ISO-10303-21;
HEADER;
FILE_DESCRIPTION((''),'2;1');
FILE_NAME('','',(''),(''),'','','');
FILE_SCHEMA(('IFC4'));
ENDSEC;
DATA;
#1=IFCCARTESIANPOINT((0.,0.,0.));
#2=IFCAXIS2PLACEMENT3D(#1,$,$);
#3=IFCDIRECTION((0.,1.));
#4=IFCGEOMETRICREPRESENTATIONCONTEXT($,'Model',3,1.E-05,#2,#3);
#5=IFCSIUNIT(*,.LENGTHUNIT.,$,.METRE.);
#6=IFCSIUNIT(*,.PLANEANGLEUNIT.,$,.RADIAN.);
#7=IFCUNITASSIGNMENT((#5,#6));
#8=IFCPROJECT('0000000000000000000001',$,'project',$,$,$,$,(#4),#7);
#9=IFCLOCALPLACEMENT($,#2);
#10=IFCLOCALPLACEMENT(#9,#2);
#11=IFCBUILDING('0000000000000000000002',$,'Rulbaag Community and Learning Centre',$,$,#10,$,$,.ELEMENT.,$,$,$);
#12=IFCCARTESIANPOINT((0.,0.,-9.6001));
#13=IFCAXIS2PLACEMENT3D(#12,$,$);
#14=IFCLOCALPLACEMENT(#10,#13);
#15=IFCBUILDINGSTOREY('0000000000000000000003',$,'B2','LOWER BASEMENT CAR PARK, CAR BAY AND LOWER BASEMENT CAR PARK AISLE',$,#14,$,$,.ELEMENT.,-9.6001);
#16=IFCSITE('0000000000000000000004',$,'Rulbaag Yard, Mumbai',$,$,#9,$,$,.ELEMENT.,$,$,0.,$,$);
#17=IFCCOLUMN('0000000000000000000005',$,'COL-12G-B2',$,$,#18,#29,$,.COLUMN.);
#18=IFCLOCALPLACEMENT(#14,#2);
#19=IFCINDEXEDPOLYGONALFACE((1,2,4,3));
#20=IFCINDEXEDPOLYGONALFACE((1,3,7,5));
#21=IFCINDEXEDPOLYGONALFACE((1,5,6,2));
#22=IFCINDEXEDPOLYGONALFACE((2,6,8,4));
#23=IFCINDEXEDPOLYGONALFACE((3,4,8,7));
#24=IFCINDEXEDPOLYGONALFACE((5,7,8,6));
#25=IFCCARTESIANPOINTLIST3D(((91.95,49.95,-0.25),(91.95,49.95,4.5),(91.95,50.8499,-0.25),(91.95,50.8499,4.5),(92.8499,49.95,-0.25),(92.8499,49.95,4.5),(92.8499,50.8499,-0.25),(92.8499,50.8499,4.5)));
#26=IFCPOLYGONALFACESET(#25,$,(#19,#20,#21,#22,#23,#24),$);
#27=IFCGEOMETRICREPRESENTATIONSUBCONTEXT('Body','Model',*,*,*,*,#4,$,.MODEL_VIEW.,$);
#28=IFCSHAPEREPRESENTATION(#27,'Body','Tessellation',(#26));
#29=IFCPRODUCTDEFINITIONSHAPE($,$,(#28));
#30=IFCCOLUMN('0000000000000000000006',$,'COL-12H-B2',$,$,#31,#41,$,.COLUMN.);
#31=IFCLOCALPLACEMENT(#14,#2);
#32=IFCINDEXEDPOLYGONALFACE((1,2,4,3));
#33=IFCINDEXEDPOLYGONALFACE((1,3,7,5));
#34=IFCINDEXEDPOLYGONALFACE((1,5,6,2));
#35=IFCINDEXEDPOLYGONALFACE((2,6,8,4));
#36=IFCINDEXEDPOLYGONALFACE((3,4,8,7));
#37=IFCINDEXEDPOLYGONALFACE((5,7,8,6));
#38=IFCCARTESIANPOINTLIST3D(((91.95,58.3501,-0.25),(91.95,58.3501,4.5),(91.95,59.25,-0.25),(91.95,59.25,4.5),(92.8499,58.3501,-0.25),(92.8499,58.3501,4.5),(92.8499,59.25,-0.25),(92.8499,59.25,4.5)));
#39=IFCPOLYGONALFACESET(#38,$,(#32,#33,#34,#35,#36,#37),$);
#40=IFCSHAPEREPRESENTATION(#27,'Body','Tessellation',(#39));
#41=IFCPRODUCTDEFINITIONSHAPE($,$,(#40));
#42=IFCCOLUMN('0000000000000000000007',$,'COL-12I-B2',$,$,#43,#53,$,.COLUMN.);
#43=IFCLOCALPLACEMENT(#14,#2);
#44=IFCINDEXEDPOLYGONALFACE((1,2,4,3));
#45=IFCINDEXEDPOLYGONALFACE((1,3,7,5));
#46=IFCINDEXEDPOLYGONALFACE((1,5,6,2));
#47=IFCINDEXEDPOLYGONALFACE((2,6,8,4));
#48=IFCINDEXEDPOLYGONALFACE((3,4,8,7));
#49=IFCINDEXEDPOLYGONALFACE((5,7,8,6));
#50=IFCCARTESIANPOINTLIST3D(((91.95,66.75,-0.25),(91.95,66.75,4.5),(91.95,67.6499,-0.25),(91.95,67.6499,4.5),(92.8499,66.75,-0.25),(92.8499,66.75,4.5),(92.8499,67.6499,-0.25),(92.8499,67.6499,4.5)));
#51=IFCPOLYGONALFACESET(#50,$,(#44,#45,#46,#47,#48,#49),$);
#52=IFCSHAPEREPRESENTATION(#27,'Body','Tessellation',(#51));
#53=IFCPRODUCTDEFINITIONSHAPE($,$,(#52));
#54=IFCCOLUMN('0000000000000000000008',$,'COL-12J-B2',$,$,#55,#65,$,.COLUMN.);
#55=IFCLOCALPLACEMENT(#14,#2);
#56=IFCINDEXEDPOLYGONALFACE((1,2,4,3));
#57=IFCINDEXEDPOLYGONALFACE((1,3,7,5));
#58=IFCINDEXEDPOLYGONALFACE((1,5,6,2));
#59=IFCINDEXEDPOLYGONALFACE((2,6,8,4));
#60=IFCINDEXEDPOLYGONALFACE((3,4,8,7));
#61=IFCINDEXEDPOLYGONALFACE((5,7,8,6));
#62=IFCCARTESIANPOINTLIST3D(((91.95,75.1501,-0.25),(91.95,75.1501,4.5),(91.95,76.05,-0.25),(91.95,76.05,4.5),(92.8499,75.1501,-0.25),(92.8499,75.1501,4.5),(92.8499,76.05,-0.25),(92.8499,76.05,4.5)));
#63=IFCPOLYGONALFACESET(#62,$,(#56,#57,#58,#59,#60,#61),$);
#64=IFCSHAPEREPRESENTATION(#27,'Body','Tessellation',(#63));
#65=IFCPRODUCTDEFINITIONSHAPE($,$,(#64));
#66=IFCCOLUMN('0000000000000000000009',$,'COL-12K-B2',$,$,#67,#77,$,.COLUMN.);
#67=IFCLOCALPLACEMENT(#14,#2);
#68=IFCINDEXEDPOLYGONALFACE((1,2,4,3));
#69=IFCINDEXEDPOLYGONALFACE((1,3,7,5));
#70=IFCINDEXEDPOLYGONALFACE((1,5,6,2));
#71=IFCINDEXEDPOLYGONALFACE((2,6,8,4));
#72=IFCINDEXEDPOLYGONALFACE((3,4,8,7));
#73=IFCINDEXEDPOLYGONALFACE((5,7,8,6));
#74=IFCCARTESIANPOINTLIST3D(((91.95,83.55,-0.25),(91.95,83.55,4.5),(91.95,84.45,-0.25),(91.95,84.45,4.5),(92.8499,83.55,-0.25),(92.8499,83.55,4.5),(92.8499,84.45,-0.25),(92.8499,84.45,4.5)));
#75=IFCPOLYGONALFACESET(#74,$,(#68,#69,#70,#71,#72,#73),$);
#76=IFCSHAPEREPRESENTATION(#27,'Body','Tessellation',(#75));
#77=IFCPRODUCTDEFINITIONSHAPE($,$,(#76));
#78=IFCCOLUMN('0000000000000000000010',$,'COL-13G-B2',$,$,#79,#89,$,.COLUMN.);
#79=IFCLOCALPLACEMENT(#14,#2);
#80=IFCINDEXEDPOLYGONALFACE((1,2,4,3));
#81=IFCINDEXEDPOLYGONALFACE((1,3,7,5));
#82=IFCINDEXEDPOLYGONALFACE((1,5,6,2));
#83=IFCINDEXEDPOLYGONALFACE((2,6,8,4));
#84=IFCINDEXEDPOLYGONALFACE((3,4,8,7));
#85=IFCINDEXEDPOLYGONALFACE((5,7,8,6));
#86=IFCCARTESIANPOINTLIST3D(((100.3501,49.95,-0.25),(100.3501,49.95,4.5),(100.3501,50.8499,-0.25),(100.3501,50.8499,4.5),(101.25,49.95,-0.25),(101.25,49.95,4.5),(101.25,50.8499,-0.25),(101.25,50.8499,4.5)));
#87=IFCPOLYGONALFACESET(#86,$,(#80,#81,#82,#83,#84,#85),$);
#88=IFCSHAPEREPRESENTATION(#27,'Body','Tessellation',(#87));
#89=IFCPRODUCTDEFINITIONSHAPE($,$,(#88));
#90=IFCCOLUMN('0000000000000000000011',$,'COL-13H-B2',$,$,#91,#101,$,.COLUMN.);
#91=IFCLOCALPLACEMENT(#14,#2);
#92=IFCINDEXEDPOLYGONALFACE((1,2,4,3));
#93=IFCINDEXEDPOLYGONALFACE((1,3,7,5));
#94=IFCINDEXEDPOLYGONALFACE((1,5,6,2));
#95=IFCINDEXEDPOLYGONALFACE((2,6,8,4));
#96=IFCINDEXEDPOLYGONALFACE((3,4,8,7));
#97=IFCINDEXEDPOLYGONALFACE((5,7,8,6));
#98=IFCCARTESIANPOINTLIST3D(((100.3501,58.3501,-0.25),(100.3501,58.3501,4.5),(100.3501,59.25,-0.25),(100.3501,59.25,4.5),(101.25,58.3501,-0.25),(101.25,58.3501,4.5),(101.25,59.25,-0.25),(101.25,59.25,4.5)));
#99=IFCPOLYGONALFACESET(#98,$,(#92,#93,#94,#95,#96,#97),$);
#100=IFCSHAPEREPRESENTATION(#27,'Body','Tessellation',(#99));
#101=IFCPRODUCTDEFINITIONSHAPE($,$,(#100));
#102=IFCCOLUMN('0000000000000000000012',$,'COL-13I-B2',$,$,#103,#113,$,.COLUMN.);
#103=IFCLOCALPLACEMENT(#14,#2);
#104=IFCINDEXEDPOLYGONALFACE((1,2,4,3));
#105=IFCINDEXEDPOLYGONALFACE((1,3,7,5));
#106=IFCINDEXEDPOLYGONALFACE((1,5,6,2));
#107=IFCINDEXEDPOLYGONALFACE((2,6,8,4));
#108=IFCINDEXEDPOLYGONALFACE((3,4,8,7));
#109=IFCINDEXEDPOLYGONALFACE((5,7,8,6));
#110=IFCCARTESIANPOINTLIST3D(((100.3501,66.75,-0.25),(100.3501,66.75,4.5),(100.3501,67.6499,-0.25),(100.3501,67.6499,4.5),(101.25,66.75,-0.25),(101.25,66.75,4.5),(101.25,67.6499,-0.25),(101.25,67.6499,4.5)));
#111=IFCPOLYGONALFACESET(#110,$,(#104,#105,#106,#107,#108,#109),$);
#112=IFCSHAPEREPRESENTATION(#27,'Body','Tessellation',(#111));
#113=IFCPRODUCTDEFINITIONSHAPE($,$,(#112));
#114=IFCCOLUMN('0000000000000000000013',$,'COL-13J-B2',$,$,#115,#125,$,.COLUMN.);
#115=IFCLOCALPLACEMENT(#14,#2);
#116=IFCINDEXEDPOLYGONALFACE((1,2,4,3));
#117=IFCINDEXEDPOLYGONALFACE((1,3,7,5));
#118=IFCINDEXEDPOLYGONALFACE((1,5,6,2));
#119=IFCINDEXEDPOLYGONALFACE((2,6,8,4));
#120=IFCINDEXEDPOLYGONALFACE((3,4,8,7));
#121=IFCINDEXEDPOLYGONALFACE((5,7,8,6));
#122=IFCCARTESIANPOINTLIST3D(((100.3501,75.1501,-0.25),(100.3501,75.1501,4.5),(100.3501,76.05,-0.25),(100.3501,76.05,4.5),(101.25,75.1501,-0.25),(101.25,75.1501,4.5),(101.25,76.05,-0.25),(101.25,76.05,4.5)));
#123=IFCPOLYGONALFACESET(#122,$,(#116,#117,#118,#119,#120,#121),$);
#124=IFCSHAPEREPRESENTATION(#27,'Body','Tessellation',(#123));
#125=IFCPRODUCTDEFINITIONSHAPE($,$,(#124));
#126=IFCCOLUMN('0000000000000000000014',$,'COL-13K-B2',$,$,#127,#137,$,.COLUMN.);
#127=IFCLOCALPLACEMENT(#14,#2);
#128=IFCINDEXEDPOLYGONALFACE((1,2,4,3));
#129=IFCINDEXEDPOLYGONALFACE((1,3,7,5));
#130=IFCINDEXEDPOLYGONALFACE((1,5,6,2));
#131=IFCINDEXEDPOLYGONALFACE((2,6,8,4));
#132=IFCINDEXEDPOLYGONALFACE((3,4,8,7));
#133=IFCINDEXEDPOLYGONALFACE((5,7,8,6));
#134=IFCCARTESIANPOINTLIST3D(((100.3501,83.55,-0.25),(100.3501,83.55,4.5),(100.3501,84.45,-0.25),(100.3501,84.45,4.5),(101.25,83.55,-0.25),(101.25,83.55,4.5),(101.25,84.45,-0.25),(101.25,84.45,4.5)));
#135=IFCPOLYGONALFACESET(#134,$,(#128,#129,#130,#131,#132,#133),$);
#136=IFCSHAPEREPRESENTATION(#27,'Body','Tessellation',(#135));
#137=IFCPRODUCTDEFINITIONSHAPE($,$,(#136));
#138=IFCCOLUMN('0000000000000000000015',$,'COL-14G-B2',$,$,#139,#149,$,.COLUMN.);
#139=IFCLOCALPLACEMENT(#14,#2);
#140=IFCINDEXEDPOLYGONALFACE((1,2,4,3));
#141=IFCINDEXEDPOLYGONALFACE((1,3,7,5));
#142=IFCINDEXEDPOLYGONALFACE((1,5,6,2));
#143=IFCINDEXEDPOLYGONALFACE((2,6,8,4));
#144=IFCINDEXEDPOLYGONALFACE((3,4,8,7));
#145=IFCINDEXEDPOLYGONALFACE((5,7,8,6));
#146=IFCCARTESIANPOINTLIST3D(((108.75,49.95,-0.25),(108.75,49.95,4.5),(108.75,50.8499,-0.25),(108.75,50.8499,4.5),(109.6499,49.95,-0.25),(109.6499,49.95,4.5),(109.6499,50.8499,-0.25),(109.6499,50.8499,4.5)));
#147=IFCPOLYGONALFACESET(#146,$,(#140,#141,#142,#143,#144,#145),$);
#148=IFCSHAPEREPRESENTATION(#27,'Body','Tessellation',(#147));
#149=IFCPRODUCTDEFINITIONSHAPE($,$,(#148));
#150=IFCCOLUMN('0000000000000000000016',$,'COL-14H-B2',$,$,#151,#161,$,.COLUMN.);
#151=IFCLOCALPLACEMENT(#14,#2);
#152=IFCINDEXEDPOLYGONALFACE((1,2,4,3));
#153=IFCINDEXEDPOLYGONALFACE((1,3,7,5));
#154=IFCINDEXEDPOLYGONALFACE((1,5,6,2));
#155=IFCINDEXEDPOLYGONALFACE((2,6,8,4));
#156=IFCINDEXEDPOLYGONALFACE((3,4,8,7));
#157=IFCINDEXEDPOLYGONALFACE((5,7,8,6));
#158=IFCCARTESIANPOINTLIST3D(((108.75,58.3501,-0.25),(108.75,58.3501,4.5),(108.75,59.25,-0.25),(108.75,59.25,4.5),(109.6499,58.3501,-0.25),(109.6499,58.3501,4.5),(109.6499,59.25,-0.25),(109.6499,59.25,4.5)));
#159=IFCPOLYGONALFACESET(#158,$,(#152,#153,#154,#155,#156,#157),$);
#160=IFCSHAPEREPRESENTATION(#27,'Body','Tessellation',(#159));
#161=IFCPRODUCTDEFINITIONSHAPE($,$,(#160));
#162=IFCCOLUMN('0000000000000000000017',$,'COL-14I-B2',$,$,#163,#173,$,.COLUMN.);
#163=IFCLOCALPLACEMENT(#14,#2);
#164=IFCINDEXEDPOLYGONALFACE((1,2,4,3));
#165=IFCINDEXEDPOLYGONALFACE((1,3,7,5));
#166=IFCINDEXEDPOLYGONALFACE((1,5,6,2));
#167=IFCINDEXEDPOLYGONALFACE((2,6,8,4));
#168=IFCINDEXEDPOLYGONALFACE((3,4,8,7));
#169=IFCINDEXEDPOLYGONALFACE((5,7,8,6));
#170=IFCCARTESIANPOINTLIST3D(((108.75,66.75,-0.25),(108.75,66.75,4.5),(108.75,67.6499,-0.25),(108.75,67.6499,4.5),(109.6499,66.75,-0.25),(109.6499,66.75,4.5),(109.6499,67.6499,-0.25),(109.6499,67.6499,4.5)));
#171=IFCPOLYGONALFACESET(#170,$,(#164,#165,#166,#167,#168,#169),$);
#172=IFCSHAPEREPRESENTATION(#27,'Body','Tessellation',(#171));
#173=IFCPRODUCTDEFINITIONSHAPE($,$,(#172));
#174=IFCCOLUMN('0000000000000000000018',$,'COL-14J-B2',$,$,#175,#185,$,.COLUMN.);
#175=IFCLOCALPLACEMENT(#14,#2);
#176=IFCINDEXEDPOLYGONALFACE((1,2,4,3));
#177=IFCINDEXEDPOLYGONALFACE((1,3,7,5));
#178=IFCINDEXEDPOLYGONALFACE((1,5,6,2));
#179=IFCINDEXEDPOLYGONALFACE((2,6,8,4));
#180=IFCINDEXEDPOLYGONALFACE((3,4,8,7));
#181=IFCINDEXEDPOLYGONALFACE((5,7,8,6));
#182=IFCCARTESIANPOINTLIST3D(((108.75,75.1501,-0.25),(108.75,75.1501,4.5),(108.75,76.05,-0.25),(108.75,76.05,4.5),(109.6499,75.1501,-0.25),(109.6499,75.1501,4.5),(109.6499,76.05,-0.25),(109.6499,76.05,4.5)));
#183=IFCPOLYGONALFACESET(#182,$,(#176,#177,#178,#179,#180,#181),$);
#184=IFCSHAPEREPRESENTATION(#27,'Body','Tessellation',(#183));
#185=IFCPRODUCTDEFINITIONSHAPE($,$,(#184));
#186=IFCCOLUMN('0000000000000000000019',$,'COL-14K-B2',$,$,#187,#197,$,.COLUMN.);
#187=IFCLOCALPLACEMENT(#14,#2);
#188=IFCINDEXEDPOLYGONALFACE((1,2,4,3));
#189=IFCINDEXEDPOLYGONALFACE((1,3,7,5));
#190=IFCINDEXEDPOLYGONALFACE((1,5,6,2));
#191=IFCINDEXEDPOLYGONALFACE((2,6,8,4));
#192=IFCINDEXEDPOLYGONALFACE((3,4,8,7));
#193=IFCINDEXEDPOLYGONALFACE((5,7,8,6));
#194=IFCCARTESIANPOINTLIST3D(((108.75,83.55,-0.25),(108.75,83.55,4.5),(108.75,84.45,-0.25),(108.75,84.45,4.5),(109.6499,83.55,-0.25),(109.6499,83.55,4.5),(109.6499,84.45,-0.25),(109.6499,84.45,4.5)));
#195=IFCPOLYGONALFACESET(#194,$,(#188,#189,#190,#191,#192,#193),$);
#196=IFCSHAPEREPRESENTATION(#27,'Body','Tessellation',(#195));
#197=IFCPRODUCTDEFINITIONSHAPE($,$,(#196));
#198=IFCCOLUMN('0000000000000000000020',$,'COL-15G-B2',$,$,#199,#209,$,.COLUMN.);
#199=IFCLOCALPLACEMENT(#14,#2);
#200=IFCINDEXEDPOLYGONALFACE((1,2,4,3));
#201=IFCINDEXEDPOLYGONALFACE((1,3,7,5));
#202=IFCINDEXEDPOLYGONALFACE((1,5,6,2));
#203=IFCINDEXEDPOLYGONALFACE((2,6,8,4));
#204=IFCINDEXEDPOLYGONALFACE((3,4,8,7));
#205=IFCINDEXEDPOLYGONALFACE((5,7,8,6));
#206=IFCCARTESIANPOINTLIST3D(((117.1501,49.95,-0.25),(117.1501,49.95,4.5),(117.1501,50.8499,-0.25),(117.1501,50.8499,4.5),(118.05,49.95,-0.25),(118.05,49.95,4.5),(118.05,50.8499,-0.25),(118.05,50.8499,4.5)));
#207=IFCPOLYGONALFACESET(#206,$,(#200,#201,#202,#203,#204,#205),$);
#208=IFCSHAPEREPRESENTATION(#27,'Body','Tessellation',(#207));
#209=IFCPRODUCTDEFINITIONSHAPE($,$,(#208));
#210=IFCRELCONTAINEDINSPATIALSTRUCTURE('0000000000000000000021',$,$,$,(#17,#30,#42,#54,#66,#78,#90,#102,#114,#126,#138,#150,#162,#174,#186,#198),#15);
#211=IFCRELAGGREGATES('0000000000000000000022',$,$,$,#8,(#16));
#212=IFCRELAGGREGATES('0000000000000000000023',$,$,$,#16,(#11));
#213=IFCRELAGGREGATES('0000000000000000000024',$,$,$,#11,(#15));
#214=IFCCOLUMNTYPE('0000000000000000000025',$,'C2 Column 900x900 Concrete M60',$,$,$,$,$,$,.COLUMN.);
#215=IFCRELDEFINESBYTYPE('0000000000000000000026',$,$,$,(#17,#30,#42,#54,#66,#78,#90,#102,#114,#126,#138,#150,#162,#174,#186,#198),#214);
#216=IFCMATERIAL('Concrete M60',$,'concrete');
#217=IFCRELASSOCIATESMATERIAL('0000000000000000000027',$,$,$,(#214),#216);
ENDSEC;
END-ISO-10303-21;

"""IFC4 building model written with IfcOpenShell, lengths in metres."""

from ifc_helpers import new_model, si_unit, direction, frame, origin, origin_2d, place, context, subcontext, project, spatial, rectangle, extrude, material, material_profile, profile_set, type_object, element, save


model = new_model("IFC4")

# Units and contexts
model_context = context("Model", 3, precision=1e-05, world=origin(), true_north=direction((0.0, 1.0)))
body_context = subcontext(model_context, "Body", "Model", "MODEL_VIEW")
ifc_project = project(units=[si_unit("LENGTHUNIT", "METRE"), si_unit("PLANEANGLEUNIT", "RADIAN")], contexts=[model_context])

# Site, building, storey
site_placement = place(None, origin())
site = spatial("IfcSite", under=ifc_project, at=site_placement, Name="Rulbaag Yard, Mumbai", CompositionType="ELEMENT", RefElevation=0.0)
building_placement = place(site_placement, origin())
building = spatial("IfcBuilding", under=site, at=building_placement, Name="Rulbaag Community and Learning Centre", CompositionType="ELEMENT")
storey_placement = place(building_placement, frame((0.0, 0.0, -9.6001)))
storey = spatial("IfcBuildingStorey", under=building, at=storey_placement, Name="B2", Description="LOWER BASEMENT CAR PARK, CAR BAY AND LOWER BASEMENT CAR PARK AISLE", CompositionType="ELEMENT", Elevation=-9.6001)

# Columns
ifc_material_1 = material(Name="Concrete M60", Category="concrete")
ifc_material_profile_1 = material_profile(ifc_material_1, rectangle(XDim=0.8999, YDim=0.8999, at=origin_2d()), Name="RC900x900")
ifc_profile_set_1 = profile_set([ifc_material_profile_1], Name="Concrete M60")
column_type = type_object("IfcColumnType", Name="C2 Column 900x900 Concrete M60", PredefinedType="COLUMN", material=ifc_profile_set_1)
for number, where, z_axis, x_axis, name in (
    (1, (92.3999, 50.3999, -0.25), (0.0, 0.0, 1.0), (1.0, 0.0, 0.0), "COL-12G-B2"),
    (2, (92.3999, 58.8, -0.25), (0.0, 0.0, 1.0), (1.0, 0.0, 0.0), "COL-12H-B2"),
    (3, (92.3999, 67.2, -0.25), (0.0, 0.0, 1.0), (1.0, 0.0, 0.0), "COL-12I-B2"),
    (4, (92.3999, 75.6001, -0.25), (0.0, 0.0, 1.0), (1.0, 0.0, 0.0), "COL-12J-B2"),
    (5, (92.3999, 84.0, -0.25), (0.0, 0.0, 1.0), (1.0, 0.0, 0.0), "COL-12K-B2"),
    (6, (100.8, 50.3999, -0.25), (0.0, 0.0, 1.0), (1.0, 0.0, 0.0), "COL-13G-B2"),
    (7, (100.8, 58.8, -0.25), (0.0, 0.0, 1.0), (1.0, 0.0, 0.0), "COL-13H-B2"),
    (8, (100.8, 67.2, -0.25), (0.0, 0.0, 1.0), (1.0, 0.0, 0.0), "COL-13I-B2"),
    (9, (100.8, 75.6001, -0.25), (0.0, 0.0, 1.0), (1.0, 0.0, 0.0), "COL-13J-B2"),
    (10, (100.8, 84.0, -0.25), (0.0, 0.0, 1.0), (1.0, 0.0, 0.0), "COL-13K-B2"),
    (11, (109.2, 50.3999, -0.25), (0.0, 0.0, 1.0), (1.0, 0.0, 0.0), "COL-14G-B2"),
    (12, (109.2, 58.8, -0.25), (0.0, 0.0, 1.0), (1.0, 0.0, 0.0), "COL-14H-B2"),
    (13, (109.2, 67.2, -0.25), (0.0, 0.0, 1.0), (1.0, 0.0, 0.0), "COL-14I-B2"),
    (14, (109.2, 75.6001, -0.25), (0.0, 0.0, 1.0), (1.0, 0.0, 0.0), "COL-14J-B2"),
    (15, (109.2, 84.0, -0.25), (0.0, 0.0, 1.0), (1.0, 0.0, 0.0), "COL-14K-B2"),
    (16, (117.6001, 50.3999, -0.25), (0.0, 0.0, 1.0), (1.0, 0.0, 0.0), "COL-15G-B2"),
):
    element("IfcColumn", number, at=place(storey_placement, frame(where, z_axis=z_axis, x_axis=x_axis)), inside=storey, type_object=column_type, Name=name, PredefinedType="COLUMN", context=body_context, shape_type="SweptSolid", body=[
        extrude(rectangle(XDim=0.8999, YDim=0.8999, at=origin_2d()), origin(), (0.0, 0.0, 1.0), 4.75),
    ])

save(model, "model.ifc")
